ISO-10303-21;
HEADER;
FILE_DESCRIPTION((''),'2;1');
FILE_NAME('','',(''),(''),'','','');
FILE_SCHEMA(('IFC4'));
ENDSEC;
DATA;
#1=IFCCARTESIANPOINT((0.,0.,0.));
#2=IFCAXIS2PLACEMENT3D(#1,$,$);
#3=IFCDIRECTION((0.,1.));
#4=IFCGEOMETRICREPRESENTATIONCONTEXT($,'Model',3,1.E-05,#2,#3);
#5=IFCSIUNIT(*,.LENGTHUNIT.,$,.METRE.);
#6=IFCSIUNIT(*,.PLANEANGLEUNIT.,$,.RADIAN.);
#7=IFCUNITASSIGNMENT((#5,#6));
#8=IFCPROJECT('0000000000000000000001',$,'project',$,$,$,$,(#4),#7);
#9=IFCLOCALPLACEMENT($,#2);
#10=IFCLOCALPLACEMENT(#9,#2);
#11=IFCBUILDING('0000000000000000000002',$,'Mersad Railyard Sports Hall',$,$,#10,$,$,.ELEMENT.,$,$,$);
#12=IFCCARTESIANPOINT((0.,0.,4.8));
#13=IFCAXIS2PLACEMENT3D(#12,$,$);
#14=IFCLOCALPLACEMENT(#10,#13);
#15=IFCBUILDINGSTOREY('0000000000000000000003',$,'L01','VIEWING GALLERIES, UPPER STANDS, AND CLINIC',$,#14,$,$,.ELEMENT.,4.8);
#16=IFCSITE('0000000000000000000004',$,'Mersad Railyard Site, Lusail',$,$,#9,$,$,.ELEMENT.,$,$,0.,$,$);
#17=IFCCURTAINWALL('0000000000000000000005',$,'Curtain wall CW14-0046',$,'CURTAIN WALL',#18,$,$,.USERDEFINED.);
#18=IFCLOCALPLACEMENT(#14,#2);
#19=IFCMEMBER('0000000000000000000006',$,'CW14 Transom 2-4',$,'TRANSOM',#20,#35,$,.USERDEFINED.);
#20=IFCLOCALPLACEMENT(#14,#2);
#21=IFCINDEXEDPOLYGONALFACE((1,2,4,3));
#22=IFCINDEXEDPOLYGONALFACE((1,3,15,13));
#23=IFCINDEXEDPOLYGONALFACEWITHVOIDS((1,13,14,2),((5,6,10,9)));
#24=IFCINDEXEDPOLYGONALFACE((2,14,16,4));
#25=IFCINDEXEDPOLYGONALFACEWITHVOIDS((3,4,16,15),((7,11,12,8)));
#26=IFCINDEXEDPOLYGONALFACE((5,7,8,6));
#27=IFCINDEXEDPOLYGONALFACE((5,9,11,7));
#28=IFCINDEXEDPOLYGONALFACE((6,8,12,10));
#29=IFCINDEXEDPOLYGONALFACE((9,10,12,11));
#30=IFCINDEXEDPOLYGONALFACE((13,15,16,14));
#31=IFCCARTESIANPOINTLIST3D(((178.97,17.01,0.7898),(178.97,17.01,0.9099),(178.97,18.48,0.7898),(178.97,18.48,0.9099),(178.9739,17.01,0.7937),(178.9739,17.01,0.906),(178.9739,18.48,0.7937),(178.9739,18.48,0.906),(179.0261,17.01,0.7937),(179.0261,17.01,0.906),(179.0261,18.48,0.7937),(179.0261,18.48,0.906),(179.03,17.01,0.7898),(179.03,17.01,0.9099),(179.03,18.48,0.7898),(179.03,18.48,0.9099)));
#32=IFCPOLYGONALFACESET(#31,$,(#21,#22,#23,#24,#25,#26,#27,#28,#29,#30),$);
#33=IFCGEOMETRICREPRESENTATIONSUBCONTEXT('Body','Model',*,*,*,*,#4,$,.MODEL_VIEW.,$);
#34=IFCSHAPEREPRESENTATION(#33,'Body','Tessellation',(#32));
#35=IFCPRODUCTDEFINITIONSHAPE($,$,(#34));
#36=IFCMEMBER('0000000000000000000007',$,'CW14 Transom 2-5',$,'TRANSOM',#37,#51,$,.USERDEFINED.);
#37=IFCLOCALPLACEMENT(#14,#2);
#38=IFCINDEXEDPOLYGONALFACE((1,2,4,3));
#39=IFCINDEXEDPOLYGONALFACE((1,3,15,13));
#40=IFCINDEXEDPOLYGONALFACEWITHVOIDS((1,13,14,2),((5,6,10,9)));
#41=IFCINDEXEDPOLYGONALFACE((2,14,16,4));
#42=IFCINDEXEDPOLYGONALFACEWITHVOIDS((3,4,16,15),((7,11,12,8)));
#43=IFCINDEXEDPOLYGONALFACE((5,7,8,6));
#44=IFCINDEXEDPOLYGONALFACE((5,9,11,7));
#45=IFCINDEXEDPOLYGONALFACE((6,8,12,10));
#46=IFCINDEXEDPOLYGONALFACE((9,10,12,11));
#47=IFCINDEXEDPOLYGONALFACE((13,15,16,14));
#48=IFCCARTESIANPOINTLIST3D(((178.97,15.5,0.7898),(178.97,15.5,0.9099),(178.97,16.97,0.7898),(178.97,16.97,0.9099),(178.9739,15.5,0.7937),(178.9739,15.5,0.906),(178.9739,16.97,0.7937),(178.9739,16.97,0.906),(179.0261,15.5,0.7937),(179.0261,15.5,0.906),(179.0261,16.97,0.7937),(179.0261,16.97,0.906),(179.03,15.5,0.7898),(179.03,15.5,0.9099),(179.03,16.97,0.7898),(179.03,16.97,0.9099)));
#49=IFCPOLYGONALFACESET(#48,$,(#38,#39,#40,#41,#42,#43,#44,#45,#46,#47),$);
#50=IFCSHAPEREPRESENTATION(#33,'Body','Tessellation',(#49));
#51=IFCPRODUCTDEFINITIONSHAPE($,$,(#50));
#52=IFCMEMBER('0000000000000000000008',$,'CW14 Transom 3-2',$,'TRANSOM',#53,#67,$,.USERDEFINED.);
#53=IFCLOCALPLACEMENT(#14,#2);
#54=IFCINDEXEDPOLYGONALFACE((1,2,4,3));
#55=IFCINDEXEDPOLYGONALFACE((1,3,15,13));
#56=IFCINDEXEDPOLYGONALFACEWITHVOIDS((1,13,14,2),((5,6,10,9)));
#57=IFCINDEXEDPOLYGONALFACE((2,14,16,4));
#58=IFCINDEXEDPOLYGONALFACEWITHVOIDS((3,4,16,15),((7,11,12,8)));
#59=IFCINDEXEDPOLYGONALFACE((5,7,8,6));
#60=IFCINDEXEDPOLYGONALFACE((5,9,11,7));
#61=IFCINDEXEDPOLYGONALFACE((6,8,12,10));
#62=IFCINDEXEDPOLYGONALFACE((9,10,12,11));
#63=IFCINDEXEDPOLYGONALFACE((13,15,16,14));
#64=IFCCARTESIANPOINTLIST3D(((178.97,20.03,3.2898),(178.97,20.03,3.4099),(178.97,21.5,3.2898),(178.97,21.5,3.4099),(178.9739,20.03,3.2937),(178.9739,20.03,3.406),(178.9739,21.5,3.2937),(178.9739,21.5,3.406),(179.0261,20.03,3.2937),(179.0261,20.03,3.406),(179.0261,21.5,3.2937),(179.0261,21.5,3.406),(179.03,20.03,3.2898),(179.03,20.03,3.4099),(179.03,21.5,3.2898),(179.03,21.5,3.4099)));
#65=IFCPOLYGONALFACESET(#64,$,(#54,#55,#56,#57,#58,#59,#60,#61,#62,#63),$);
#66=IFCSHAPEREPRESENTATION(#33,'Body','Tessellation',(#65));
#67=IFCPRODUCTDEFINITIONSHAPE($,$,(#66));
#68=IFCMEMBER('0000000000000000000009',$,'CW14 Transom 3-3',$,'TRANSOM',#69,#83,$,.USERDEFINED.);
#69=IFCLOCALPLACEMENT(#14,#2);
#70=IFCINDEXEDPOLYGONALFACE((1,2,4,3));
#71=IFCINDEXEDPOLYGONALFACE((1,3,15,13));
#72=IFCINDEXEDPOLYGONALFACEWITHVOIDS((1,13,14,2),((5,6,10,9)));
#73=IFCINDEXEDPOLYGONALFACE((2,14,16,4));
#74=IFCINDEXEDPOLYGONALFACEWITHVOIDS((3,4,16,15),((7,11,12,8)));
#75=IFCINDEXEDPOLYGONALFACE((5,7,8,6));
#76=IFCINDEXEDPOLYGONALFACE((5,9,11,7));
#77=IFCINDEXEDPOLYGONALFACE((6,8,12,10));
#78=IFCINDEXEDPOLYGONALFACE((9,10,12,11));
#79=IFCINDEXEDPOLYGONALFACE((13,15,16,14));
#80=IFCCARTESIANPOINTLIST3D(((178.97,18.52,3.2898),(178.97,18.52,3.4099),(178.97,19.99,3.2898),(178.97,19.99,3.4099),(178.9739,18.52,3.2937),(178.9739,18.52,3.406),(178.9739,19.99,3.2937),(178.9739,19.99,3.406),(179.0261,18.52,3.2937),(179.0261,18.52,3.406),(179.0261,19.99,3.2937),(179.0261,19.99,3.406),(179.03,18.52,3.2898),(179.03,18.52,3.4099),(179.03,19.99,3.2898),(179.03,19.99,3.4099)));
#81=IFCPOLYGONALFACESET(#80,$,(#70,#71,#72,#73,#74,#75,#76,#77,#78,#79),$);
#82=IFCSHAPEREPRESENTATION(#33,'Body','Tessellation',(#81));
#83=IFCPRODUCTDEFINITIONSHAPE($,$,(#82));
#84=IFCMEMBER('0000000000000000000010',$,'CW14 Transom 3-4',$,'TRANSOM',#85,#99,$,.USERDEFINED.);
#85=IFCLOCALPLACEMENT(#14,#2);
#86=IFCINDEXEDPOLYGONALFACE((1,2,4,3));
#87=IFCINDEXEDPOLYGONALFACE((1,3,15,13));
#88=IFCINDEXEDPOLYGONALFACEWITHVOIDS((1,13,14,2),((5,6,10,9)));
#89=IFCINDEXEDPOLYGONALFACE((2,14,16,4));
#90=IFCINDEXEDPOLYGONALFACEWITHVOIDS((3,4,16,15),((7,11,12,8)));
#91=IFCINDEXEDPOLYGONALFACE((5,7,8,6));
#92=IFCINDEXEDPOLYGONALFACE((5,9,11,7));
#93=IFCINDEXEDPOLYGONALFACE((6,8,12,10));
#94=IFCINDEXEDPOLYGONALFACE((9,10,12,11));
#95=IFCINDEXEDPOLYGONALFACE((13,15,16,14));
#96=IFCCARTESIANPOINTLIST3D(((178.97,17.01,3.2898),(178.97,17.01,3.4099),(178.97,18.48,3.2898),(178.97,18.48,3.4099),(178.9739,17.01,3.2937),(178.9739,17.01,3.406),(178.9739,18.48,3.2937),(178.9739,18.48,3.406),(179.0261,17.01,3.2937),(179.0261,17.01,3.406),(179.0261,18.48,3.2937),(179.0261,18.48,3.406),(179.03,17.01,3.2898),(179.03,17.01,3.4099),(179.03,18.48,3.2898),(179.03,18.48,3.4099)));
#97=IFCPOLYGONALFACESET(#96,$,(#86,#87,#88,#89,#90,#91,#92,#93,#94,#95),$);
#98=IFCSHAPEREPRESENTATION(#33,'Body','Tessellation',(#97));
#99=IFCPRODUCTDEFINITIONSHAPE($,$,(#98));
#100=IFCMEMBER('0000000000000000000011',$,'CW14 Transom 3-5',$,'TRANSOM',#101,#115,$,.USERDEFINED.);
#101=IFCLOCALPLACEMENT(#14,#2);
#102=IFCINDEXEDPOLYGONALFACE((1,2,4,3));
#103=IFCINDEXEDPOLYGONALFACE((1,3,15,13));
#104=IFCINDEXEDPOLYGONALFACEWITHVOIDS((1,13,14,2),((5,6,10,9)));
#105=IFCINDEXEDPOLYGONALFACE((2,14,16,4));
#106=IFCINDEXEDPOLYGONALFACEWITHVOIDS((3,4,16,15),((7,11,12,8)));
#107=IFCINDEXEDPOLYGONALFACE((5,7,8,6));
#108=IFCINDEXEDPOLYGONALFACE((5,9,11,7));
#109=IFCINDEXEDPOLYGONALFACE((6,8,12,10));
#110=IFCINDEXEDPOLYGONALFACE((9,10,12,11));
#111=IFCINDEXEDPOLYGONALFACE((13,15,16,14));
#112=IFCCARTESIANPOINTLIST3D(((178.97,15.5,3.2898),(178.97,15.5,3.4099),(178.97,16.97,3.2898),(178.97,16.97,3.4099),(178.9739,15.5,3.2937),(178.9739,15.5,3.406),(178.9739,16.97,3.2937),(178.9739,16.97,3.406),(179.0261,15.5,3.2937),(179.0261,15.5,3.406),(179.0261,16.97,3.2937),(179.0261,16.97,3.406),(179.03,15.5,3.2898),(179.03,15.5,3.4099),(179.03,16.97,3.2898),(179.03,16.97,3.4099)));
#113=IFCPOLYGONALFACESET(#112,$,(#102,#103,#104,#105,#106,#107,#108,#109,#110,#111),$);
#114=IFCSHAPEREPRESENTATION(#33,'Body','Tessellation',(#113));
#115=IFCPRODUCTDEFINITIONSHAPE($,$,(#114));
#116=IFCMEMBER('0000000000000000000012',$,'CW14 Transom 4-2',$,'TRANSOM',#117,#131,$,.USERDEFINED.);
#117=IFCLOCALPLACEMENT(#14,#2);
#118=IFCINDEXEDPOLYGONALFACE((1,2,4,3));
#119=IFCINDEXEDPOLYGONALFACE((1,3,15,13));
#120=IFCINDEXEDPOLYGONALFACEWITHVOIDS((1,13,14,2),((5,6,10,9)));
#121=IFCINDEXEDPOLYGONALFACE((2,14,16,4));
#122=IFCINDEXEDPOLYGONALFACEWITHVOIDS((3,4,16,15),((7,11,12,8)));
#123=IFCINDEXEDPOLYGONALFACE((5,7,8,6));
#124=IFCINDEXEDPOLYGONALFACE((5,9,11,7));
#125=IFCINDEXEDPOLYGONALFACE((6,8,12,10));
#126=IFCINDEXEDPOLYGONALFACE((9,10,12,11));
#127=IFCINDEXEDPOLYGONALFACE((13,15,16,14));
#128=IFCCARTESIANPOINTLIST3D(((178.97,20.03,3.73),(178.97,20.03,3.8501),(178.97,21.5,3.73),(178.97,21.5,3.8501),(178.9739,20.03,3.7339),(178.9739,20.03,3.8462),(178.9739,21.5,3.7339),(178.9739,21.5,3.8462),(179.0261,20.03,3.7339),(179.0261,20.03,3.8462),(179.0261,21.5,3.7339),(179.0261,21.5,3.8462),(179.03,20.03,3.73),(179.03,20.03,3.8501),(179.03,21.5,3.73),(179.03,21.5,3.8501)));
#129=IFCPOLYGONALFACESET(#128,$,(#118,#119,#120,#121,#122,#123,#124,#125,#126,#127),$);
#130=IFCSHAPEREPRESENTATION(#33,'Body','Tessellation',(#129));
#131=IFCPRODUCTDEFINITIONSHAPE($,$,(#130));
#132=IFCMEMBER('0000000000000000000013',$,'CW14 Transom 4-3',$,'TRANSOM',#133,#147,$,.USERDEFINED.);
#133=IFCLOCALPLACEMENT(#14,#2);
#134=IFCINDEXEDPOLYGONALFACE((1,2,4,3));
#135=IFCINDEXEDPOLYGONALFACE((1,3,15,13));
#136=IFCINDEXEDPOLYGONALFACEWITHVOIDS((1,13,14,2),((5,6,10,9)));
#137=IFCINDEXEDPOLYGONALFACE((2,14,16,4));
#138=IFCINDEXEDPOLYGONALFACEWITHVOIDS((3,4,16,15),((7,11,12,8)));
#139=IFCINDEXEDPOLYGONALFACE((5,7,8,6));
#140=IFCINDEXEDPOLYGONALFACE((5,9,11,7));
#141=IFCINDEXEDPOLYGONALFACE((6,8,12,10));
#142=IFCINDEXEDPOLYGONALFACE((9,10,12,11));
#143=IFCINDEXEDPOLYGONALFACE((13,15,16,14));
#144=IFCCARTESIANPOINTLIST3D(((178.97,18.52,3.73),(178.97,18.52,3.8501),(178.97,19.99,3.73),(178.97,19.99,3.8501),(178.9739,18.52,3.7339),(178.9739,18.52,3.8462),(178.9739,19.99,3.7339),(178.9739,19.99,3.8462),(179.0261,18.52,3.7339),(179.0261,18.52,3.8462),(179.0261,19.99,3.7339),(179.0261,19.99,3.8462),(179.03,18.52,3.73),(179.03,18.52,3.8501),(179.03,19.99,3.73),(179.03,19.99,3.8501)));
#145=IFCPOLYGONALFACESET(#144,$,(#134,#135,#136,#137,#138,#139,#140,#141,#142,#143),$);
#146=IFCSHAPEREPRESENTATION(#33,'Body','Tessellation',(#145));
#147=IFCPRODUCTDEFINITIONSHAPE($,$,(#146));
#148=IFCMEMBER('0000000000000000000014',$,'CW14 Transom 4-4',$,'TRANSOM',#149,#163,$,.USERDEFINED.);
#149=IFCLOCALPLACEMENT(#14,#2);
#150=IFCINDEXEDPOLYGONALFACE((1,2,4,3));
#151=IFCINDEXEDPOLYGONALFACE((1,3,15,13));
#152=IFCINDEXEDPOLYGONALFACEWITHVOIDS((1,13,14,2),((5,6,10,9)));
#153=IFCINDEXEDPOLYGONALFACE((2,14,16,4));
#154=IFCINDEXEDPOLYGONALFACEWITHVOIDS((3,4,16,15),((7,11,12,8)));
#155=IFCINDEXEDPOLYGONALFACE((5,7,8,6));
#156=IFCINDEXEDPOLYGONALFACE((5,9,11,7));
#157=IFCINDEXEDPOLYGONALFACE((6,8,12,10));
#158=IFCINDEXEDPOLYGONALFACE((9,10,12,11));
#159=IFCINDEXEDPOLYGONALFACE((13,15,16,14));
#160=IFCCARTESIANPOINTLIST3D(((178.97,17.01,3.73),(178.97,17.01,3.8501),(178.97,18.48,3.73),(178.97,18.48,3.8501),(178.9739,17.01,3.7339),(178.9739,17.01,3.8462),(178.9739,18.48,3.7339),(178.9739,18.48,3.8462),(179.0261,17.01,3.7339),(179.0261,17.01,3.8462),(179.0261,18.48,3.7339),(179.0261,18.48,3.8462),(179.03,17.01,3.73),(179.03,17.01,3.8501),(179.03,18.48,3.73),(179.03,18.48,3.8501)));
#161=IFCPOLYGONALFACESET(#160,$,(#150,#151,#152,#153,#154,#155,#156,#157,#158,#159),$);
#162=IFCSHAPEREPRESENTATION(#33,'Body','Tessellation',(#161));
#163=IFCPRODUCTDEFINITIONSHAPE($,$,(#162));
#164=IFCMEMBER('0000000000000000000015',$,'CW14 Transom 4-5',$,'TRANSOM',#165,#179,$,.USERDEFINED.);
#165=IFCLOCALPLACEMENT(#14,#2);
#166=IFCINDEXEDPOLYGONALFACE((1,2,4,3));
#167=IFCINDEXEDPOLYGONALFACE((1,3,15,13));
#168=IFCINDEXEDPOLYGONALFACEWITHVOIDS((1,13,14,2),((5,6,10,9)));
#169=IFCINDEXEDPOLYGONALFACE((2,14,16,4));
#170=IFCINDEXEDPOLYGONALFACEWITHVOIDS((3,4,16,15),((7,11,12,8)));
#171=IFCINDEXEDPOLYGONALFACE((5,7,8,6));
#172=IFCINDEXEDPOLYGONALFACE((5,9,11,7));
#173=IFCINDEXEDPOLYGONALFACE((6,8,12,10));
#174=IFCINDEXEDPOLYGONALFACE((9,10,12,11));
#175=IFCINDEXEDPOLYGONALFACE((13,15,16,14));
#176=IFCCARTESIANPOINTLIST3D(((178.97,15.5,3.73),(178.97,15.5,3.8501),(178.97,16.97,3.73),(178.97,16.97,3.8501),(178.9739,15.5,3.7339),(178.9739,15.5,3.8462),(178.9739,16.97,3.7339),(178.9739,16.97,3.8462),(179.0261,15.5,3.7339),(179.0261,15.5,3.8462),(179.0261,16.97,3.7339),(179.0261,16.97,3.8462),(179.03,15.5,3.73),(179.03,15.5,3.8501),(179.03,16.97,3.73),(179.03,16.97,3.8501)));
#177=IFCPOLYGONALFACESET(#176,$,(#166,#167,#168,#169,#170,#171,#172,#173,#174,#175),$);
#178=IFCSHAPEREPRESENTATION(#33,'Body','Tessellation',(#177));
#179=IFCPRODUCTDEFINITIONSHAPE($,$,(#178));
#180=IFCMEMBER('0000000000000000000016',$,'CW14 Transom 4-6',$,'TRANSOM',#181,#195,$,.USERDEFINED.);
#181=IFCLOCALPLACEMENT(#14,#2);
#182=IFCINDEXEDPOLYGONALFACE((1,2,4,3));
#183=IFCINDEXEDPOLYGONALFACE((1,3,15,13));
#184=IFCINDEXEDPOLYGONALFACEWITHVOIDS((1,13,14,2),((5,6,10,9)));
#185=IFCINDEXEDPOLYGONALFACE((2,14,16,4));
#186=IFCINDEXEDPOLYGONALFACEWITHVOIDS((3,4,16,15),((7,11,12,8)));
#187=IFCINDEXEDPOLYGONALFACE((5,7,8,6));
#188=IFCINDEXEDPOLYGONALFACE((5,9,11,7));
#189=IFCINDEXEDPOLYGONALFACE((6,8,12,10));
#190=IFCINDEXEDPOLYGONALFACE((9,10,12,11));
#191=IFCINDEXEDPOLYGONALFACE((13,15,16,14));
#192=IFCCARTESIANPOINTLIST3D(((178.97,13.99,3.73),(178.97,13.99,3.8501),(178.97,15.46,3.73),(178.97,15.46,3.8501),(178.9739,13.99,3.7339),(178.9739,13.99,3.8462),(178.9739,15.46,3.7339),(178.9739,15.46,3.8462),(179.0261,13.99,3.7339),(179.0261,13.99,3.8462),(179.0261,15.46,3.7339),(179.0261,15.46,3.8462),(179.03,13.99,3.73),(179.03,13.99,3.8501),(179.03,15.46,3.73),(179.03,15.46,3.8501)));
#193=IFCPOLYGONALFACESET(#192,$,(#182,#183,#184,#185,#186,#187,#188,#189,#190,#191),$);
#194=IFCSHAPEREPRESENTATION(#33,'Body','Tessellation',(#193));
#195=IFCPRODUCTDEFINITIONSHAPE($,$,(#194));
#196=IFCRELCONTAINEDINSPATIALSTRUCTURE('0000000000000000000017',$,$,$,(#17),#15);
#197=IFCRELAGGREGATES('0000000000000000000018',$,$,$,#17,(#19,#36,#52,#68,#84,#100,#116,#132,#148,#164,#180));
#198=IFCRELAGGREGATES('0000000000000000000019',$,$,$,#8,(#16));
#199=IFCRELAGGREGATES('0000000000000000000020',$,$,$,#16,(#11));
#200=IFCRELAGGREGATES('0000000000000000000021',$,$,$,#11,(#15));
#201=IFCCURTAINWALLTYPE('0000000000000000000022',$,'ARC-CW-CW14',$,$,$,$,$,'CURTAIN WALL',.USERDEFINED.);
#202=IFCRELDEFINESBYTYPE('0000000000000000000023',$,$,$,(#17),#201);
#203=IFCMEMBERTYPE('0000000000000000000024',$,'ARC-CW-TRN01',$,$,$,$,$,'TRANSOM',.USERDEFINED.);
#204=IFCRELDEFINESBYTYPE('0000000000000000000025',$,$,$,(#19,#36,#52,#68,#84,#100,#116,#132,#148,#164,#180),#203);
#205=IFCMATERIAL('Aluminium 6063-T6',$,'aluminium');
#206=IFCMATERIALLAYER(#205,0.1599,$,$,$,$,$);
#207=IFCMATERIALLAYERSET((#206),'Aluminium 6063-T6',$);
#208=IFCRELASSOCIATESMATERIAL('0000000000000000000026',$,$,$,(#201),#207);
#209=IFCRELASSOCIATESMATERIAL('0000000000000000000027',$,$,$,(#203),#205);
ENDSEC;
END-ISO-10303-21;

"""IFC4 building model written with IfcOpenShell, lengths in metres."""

from ifc_helpers import new_model, si_unit, direction, frame, origin, origin_2d, place, context, subcontext, project, spatial, hollow_rectangle, extrude, material, layer, layer_set, material_profile, profile_set, type_object, element, aggregate, save


model = new_model("IFC4")

# Units and contexts
model_context = context("Model", 3, precision=1e-05, world=origin(), true_north=direction((0.0, 1.0)))
body_context = subcontext(model_context, "Body", "Model", "MODEL_VIEW")
ifc_project = project(units=[si_unit("LENGTHUNIT", "METRE"), si_unit("PLANEANGLEUNIT", "RADIAN")], contexts=[model_context])

# Site, building, storey
site_placement = place(None, origin())
site = spatial("IfcSite", under=ifc_project, at=site_placement, Name="Mersad Railyard Site, Lusail", CompositionType="ELEMENT", RefElevation=0.0)
building_placement = place(site_placement, origin())
building = spatial("IfcBuilding", under=site, at=building_placement, Name="Mersad Railyard Sports Hall", CompositionType="ELEMENT")
storey_placement = place(building_placement, frame((0.0, 0.0, 4.8)))
storey = spatial("IfcBuildingStorey", under=building, at=storey_placement, Name="L01", Description="VIEWING GALLERIES, UPPER STANDS, AND CLINIC", CompositionType="ELEMENT", Elevation=4.8)

# Curtain wall, members
ifc_material_1 = material(Name="Aluminium 6063-T6", Category="aluminium")
ifc_layer_1 = layer(ifc_material_1, 0.1599)
ifc_layer_set_1 = layer_set([ifc_layer_1], Name="Aluminium 6063-T6")
curtain_wall_type = type_object("IfcCurtainWallType", Name="ARC-CW-CW14", ElementType="CURTAIN WALL", PredefinedType="USERDEFINED", material=ifc_layer_set_1)
curtain_wall_placement = place(storey_placement, origin())
curtain_wall = element("IfcCurtainWall", 1, at=curtain_wall_placement, inside=storey, type_object=curtain_wall_type, Name="Curtain wall CW14-0046", ObjectType="CURTAIN WALL", PredefinedType="USERDEFINED")
ifc_material_profile_1 = material_profile(ifc_material_1, hollow_rectangle(XDim=0.0601, YDim=0.1201, WallThickness=0.0039, at=origin_2d()), Name="AL TRANSOM 60x120x4")
ifc_profile_set_1 = profile_set([ifc_material_profile_1], Name="Aluminium 6063-T6")
member_type_1 = type_object("IfcMemberType", Name="ARC-CW-TRN01", ElementType="TRANSOM", PredefinedType="USERDEFINED", material=ifc_profile_set_1)
member_1_placement = place(storey_placement, frame((179.0, 18.48, 0.8499), z_axis=(0.0, -1.0, 0.0), x_axis=(1.0, 0.0, 0.0)))
member_1 = element("IfcMember", 2, at=member_1_placement, type_object=member_type_1, Name="CW14 Transom 2-4", ObjectType="TRANSOM", PredefinedType="USERDEFINED", context=body_context, shape_type="SweptSolid", body=[
    extrude(hollow_rectangle(XDim=0.0601, YDim=0.1201, WallThickness=0.0039, at=origin_2d()), origin(), (0.0, 0.0, 1.0), 1.47),
])
member_2_placement = place(storey_placement, frame((179.0, 16.97, 0.8499), z_axis=(0.0, -1.0, 0.0), x_axis=(1.0, 0.0, 0.0)))
member_2 = element("IfcMember", 3, at=member_2_placement, type_object=member_type_1, Name="CW14 Transom 2-5", ObjectType="TRANSOM", PredefinedType="USERDEFINED", context=body_context, shape_type="SweptSolid", body=[
    extrude(hollow_rectangle(XDim=0.0601, YDim=0.1201, WallThickness=0.0039, at=origin_2d()), origin(), (0.0, 0.0, 1.0), 1.47),
])
member_3_placement = place(storey_placement, frame((179.0, 21.5, 3.3499), z_axis=(0.0, -1.0, 0.0), x_axis=(1.0, 0.0, 0.0)))
member_3 = element("IfcMember", 4, at=member_3_placement, type_object=member_type_1, Name="CW14 Transom 3-2", ObjectType="TRANSOM", PredefinedType="USERDEFINED", context=body_context, shape_type="SweptSolid", body=[
    extrude(hollow_rectangle(XDim=0.0601, YDim=0.1201, WallThickness=0.0039, at=origin_2d()), origin(), (0.0, 0.0, 1.0), 1.47),
])
member_4_placement = place(storey_placement, frame((179.0, 19.99, 3.3499), z_axis=(0.0, -1.0, 0.0), x_axis=(1.0, 0.0, 0.0)))
member_4 = element("IfcMember", 5, at=member_4_placement, type_object=member_type_1, Name="CW14 Transom 3-3", ObjectType="TRANSOM", PredefinedType="USERDEFINED", context=body_context, shape_type="SweptSolid", body=[
    extrude(hollow_rectangle(XDim=0.0601, YDim=0.1201, WallThickness=0.0039, at=origin_2d()), origin(), (0.0, 0.0, 1.0), 1.47),
])
member_5_placement = place(storey_placement, frame((179.0, 18.48, 3.3499), z_axis=(0.0, -1.0, 0.0), x_axis=(1.0, 0.0, 0.0)))
member_5 = element("IfcMember", 6, at=member_5_placement, type_object=member_type_1, Name="CW14 Transom 3-4", ObjectType="TRANSOM", PredefinedType="USERDEFINED", context=body_context, shape_type="SweptSolid", body=[
    extrude(hollow_rectangle(XDim=0.0601, YDim=0.1201, WallThickness=0.0039, at=origin_2d()), origin(), (0.0, 0.0, 1.0), 1.47),
])
member_6_placement = place(storey_placement, frame((179.0, 16.97, 3.3499), z_axis=(0.0, -1.0, 0.0), x_axis=(1.0, 0.0, 0.0)))
member_6 = element("IfcMember", 7, at=member_6_placement, type_object=member_type_1, Name="CW14 Transom 3-5", ObjectType="TRANSOM", PredefinedType="USERDEFINED", context=body_context, shape_type="SweptSolid", body=[
    extrude(hollow_rectangle(XDim=0.0601, YDim=0.1201, WallThickness=0.0039, at=origin_2d()), origin(), (0.0, 0.0, 1.0), 1.47),
])
member_7_placement = place(storey_placement, frame((179.0, 21.5, 3.79), z_axis=(0.0, -1.0, 0.0), x_axis=(1.0, 0.0, 0.0)))
member_7 = element("IfcMember", 8, at=member_7_placement, type_object=member_type_1, Name="CW14 Transom 4-2", ObjectType="TRANSOM", PredefinedType="USERDEFINED", context=body_context, shape_type="SweptSolid", body=[
    extrude(hollow_rectangle(XDim=0.0601, YDim=0.1201, WallThickness=0.0039, at=origin_2d()), origin(), (0.0, 0.0, 1.0), 1.47),
])
member_8_placement = place(storey_placement, frame((179.0, 19.99, 3.79), z_axis=(0.0, -1.0, 0.0), x_axis=(1.0, 0.0, 0.0)))
member_8 = element("IfcMember", 9, at=member_8_placement, type_object=member_type_1, Name="CW14 Transom 4-3", ObjectType="TRANSOM", PredefinedType="USERDEFINED", context=body_context, shape_type="SweptSolid", body=[
    extrude(hollow_rectangle(XDim=0.0601, YDim=0.1201, WallThickness=0.0039, at=origin_2d()), origin(), (0.0, 0.0, 1.0), 1.47),
])
member_9_placement = place(storey_placement, frame((179.0, 18.48, 3.79), z_axis=(0.0, -1.0, 0.0), x_axis=(1.0, 0.0, 0.0)))
member_9 = element("IfcMember", 10, at=member_9_placement, type_object=member_type_1, Name="CW14 Transom 4-4", ObjectType="TRANSOM", PredefinedType="USERDEFINED", context=body_context, shape_type="SweptSolid", body=[
    extrude(hollow_rectangle(XDim=0.0601, YDim=0.1201, WallThickness=0.0039, at=origin_2d()), origin(), (0.0, 0.0, 1.0), 1.47),
])
member_10_placement = place(storey_placement, frame((179.0, 16.97, 3.79), z_axis=(0.0, -1.0, 0.0), x_axis=(1.0, 0.0, 0.0)))
member_10 = element("IfcMember", 11, at=member_10_placement, type_object=member_type_1, Name="CW14 Transom 4-5", ObjectType="TRANSOM", PredefinedType="USERDEFINED", context=body_context, shape_type="SweptSolid", body=[
    extrude(hollow_rectangle(XDim=0.0601, YDim=0.1201, WallThickness=0.0039, at=origin_2d()), origin(), (0.0, 0.0, 1.0), 1.47),
])
member_11_placement = place(storey_placement, frame((179.0, 15.46, 3.79), z_axis=(0.0, -1.0, 0.0), x_axis=(1.0, 0.0, 0.0)))
member_11 = element("IfcMember", 12, at=member_11_placement, type_object=member_type_1, Name="CW14 Transom 4-6", ObjectType="TRANSOM", PredefinedType="USERDEFINED", context=body_context, shape_type="SweptSolid", body=[
    extrude(hollow_rectangle(XDim=0.0601, YDim=0.1201, WallThickness=0.0039, at=origin_2d()), origin(), (0.0, 0.0, 1.0), 1.47),
])
aggregate(curtain_wall, [member_1, member_2, member_3, member_4, member_5, member_6, member_7, member_8, member_9, member_10, member_11])

save(model, "model.ifc")
